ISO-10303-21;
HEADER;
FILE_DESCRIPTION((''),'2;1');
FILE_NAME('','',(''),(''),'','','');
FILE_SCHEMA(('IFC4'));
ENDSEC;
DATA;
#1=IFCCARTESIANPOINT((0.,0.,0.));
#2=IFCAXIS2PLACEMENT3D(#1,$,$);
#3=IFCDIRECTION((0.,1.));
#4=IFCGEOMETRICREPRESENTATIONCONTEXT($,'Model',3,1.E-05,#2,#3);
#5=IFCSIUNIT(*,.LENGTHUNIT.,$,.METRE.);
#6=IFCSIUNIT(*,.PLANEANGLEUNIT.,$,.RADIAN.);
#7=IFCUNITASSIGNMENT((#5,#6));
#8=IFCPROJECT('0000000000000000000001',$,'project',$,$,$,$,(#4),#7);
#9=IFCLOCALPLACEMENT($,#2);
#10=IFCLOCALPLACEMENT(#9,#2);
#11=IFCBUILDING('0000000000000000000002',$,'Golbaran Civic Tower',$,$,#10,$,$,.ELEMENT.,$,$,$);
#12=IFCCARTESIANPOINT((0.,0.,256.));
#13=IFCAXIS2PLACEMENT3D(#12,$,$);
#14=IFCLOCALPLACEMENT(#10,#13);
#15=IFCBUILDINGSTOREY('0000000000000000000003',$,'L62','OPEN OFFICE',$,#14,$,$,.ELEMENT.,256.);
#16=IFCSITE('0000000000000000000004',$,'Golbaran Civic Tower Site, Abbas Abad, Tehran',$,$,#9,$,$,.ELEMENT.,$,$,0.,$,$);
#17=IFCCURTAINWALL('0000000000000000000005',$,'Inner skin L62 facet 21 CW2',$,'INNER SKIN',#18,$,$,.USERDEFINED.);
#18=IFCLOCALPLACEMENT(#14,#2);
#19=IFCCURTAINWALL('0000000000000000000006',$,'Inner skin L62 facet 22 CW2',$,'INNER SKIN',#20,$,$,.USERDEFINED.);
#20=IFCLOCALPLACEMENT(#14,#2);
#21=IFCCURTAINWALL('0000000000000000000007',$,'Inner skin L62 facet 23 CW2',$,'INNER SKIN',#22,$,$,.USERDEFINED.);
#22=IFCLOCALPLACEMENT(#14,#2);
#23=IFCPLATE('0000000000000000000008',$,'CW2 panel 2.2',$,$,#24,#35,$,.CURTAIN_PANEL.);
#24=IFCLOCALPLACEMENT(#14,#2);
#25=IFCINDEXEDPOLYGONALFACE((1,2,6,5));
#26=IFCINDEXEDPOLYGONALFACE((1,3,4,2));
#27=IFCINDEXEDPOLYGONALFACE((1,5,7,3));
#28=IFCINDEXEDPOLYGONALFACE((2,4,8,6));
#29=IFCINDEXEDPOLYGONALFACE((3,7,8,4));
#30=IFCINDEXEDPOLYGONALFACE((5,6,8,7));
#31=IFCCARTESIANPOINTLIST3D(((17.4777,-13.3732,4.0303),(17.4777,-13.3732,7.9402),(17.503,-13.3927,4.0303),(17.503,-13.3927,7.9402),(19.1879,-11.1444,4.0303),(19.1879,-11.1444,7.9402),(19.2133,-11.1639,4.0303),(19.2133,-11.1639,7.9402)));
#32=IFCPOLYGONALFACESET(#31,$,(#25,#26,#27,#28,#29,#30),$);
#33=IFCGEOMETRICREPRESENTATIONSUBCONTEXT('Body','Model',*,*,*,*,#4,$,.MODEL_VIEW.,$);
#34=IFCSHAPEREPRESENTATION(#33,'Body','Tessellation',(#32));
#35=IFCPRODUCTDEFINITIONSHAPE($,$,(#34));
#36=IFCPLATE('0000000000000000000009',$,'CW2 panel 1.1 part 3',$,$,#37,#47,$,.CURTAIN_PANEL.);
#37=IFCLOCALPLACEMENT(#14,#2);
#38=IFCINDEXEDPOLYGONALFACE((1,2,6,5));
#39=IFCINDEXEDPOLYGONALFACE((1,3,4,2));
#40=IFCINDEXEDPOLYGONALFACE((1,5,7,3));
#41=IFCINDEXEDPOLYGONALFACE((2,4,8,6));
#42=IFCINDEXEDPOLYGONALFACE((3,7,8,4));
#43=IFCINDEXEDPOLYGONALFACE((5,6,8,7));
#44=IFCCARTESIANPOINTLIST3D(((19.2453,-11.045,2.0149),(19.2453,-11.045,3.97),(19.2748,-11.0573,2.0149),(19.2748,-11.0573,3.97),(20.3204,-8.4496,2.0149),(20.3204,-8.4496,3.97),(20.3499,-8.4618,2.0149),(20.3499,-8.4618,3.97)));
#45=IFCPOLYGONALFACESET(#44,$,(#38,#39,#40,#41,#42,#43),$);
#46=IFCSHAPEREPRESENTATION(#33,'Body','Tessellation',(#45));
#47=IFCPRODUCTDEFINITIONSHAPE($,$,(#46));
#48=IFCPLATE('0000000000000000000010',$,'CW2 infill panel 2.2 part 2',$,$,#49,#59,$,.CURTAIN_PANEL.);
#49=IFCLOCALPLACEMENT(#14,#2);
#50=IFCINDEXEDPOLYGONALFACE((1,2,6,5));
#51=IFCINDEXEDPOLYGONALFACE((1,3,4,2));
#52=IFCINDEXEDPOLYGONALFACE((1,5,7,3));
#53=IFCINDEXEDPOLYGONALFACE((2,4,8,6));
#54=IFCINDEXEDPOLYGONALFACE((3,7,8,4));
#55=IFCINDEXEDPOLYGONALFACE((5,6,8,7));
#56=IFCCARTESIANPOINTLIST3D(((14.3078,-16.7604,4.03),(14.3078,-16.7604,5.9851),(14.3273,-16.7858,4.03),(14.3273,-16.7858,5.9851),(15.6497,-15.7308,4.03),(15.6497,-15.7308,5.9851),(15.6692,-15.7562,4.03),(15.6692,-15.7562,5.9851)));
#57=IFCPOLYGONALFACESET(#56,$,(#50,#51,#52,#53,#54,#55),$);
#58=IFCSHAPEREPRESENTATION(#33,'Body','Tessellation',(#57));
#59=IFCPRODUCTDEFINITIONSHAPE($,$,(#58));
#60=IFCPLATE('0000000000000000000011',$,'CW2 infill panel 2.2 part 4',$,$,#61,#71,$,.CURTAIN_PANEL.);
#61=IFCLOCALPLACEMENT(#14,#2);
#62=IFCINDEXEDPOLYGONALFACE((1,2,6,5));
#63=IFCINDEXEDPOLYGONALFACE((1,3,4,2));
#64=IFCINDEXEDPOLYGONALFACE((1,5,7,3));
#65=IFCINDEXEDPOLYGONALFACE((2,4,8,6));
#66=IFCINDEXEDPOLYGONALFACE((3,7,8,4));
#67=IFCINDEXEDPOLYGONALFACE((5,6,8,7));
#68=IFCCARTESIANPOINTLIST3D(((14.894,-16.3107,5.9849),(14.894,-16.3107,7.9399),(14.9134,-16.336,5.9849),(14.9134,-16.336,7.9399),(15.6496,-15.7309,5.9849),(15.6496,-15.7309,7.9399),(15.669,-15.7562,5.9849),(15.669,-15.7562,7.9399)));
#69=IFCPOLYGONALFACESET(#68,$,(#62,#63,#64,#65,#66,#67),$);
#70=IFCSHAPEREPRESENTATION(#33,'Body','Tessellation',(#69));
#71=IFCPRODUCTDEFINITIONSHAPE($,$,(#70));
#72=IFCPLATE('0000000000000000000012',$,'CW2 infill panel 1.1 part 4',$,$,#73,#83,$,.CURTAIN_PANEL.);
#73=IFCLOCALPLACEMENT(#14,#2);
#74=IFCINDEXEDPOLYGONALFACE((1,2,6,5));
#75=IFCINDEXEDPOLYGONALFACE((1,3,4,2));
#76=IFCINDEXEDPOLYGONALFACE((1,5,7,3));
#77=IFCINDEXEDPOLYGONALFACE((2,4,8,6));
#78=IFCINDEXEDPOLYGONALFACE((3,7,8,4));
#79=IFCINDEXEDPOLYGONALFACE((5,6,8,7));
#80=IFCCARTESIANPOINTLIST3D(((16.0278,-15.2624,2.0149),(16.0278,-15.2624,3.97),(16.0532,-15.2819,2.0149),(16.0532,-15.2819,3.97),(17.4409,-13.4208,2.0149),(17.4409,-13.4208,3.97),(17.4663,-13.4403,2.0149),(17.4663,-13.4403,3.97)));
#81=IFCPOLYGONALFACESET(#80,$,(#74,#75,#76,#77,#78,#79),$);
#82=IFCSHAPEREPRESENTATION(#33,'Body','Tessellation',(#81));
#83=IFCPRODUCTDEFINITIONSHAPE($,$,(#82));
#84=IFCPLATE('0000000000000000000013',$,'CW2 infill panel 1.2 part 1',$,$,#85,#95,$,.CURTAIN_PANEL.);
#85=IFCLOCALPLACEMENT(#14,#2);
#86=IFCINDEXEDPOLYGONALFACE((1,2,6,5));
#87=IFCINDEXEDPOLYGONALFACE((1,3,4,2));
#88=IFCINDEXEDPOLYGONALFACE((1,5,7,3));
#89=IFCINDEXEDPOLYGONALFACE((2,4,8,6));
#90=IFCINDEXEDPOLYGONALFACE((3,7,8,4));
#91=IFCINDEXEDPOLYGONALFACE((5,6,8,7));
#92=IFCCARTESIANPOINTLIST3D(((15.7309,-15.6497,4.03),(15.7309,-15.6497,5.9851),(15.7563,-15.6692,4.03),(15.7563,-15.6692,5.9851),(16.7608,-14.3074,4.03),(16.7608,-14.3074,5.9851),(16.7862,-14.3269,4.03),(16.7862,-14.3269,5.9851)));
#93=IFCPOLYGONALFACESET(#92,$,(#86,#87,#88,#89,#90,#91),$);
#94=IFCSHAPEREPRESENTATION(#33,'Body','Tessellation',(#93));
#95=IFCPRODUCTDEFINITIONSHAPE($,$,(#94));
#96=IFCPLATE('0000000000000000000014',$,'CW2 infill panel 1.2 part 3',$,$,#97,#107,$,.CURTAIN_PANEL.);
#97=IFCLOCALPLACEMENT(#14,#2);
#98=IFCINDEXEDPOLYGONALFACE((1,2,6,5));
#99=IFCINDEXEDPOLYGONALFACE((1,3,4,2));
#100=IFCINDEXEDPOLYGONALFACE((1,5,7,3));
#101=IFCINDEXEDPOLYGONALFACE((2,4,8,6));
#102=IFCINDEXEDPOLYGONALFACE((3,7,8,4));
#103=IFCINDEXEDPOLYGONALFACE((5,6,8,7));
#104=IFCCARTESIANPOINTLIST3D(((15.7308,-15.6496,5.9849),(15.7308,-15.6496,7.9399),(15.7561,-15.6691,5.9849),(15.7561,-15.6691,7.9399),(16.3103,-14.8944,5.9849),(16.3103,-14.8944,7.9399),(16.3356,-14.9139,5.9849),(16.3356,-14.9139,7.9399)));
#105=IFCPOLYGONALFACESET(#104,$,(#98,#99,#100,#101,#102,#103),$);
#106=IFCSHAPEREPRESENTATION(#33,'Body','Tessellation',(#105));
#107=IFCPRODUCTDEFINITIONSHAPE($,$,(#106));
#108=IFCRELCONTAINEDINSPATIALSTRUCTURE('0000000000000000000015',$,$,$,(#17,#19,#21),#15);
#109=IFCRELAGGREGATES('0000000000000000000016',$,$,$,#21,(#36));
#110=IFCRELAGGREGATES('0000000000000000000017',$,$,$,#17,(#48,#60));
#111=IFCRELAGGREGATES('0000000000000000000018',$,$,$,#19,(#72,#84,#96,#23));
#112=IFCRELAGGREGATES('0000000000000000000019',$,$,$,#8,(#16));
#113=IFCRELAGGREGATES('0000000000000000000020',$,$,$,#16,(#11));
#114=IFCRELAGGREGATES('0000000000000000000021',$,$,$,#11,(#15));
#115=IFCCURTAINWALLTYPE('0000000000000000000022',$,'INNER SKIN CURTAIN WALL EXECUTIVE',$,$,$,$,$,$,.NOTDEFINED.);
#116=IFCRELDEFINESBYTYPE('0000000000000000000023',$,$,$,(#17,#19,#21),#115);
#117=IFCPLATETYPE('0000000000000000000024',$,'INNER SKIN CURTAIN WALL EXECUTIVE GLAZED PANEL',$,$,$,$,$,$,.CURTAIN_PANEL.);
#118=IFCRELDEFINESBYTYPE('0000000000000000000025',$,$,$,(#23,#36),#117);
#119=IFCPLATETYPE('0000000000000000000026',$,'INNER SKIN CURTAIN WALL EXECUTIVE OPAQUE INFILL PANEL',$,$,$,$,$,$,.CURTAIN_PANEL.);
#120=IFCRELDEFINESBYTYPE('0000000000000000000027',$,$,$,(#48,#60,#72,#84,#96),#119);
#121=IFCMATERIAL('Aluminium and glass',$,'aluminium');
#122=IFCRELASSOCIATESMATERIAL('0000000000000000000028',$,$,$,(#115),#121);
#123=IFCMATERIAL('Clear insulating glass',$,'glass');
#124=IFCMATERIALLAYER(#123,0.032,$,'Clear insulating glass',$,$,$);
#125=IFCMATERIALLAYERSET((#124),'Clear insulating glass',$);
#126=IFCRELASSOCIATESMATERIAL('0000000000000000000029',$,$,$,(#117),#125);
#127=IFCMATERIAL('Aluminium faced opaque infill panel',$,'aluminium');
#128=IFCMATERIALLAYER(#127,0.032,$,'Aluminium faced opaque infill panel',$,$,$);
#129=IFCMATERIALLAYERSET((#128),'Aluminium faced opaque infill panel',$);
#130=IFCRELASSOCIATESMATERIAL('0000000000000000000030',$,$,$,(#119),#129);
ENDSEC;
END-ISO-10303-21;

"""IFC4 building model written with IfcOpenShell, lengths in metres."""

from ifc_helpers import new_model, si_unit, direction, frame, origin, origin_2d, place, context, subcontext, project, spatial, rectangle, extrude, material, layer, layer_set, type_object, element, aggregate, save


model = new_model("IFC4")

# Units and contexts
model_context = context("Model", 3, precision=1e-05, world=origin(), true_north=direction((0.0, 1.0)))
body_context = subcontext(model_context, "Body", "Model", "MODEL_VIEW")
ifc_project = project(units=[si_unit("LENGTHUNIT", "METRE"), si_unit("PLANEANGLEUNIT", "RADIAN")], contexts=[model_context])

# Site, building, storey
site_placement = place(None, origin())
site = spatial("IfcSite", under=ifc_project, at=site_placement, Name="Golbaran Civic Tower Site, Abbas Abad, Tehran", CompositionType="ELEMENT", RefElevation=0.0)
building_placement = place(site_placement, origin())
building = spatial("IfcBuilding", under=site, at=building_placement, Name="Golbaran Civic Tower", CompositionType="ELEMENT")
storey_placement = place(building_placement, frame((0.0, 0.0, 256.0)))
storey = spatial("IfcBuildingStorey", under=building, at=storey_placement, Name="L62", Description="OPEN OFFICE", CompositionType="ELEMENT", Elevation=256.0)

# Curtain walls
ifc_material_1 = material(Name="Aluminium and glass", Category="aluminium")
curtain_wall_type = type_object("IfcCurtainWallType", Name="INNER SKIN CURTAIN WALL EXECUTIVE", PredefinedType="NOTDEFINED", material=ifc_material_1)
curtain_wall_1_placement = place(storey_placement, origin())
curtain_wall_1 = element("IfcCurtainWall", 1, at=curtain_wall_1_placement, inside=storey, type_object=curtain_wall_type, Name="Inner skin L62 facet 21 CW2", ObjectType="INNER SKIN", PredefinedType="USERDEFINED")
curtain_wall_2_placement = place(storey_placement, origin())
curtain_wall_2 = element("IfcCurtainWall", 2, at=curtain_wall_2_placement, inside=storey, type_object=curtain_wall_type, Name="Inner skin L62 facet 22 CW2", ObjectType="INNER SKIN", PredefinedType="USERDEFINED")
curtain_wall_3_placement = place(storey_placement, origin())
curtain_wall_3 = element("IfcCurtainWall", 3, at=curtain_wall_3_placement, inside=storey, type_object=curtain_wall_type, Name="Inner skin L62 facet 23 CW2", ObjectType="INNER SKIN", PredefinedType="USERDEFINED")

# Plates
ifc_material_2 = material(Name="Clear insulating glass", Category="glass")
ifc_layer_1 = layer(ifc_material_2, 0.032, Name="Clear insulating glass")
ifc_layer_set_1 = layer_set([ifc_layer_1], Name="Clear insulating glass")
plate_type_1 = type_object("IfcPlateType", Name="INNER SKIN CURTAIN WALL EXECUTIVE GLAZED PANEL", PredefinedType="CURTAIN_PANEL", material=ifc_layer_set_1)
plate_1_placement = place(storey_placement, frame((18.3455, -12.2686, 4.0303), z_axis=(0.0, 0.0, 1.0), x_axis=(0.608761, 0.793353, 0.0)))
plate_1 = element("IfcPlate", 4, at=plate_1_placement, type_object=plate_type_1, Name="CW2 panel 2.2", PredefinedType="CURTAIN_PANEL", context=body_context, shape_type="SweptSolid", body=[
    extrude(rectangle(XDim=2.8093, YDim=0.032, at=origin_2d()), origin(), (0.0, 0.0, 1.0), 3.9099),
])
plate_2_placement = place(storey_placement, frame((19.7976, -9.7534, 2.0149), z_axis=(0.0, 0.0, 1.0), x_axis=(0.382683, 0.92388, 0.0)))
plate_2 = element("IfcPlate", 5, at=plate_2_placement, type_object=plate_type_1, Name="CW2 panel 1.1 part 3", PredefinedType="CURTAIN_PANEL", context=body_context, shape_type="SweptSolid", body=[
    extrude(rectangle(XDim=2.8093, YDim=0.032, at=origin_2d()), origin(), (0.0, 0.0, 1.0), 1.9551),
])
aggregate(curtain_wall_3, [plate_2])
ifc_material_3 = material(Name="Aluminium faced opaque infill panel", Category="aluminium")
ifc_layer_2 = layer(ifc_material_3, 0.032, Name="Aluminium faced opaque infill panel")
ifc_layer_set_2 = layer_set([ifc_layer_2], Name="Aluminium faced opaque infill panel")
plate_type_2 = type_object("IfcPlateType", Name="INNER SKIN CURTAIN WALL EXECUTIVE OPAQUE INFILL PANEL", PredefinedType="CURTAIN_PANEL", material=ifc_layer_set_2)
plate_3_placement = place(storey_placement, frame((14.9885, -16.2583, 4.03), z_axis=(0.0, 0.0, 1.0), x_axis=(0.793353, 0.608761, 0.0)))
plate_3 = element("IfcPlate", 6, at=plate_3_placement, type_object=plate_type_2, Name="CW2 infill panel 2.2 part 2", PredefinedType="CURTAIN_PANEL", context=body_context, shape_type="SweptSolid", body=[
    extrude(rectangle(XDim=1.6914, YDim=0.032, at=origin_2d()), origin(), (0.0, 0.0, 1.0), 1.9551),
])
plate_4_placement = place(storey_placement, frame((15.2815, -16.0334, 5.9849), z_axis=(0.0, 0.0, 1.0), x_axis=(0.793353, 0.608761, 0.0)))
plate_4 = element("IfcPlate", 7, at=plate_4_placement, type_object=plate_type_2, Name="CW2 infill panel 2.2 part 4", PredefinedType="CURTAIN_PANEL", context=body_context, shape_type="SweptSolid", body=[
    extrude(rectangle(XDim=0.9524, YDim=0.032, at=origin_2d()), origin(), (0.0, 0.0, 1.0), 1.9551),
])
aggregate(curtain_wall_1, [plate_3, plate_4])
plate_5_placement = place(storey_placement, frame((16.7471, -14.3513, 2.0149), z_axis=(0.0, 0.0, 1.0), x_axis=(0.608761, 0.793353, 0.0)))
plate_5 = element("IfcPlate", 8, at=plate_5_placement, type_object=plate_type_2, Name="CW2 infill panel 1.1 part 4", PredefinedType="CURTAIN_PANEL", context=body_context, shape_type="SweptSolid", body=[
    extrude(rectangle(XDim=2.3213, YDim=0.032, at=origin_2d()), origin(), (0.0, 0.0, 1.0), 1.9551),
])
plate_6_placement = place(storey_placement, frame((16.2585, -14.9883, 4.03), z_axis=(0.0, 0.0, 1.0), x_axis=(0.608761, 0.793353, 0.0)))
plate_6 = element("IfcPlate", 9, at=plate_6_placement, type_object=plate_type_2, Name="CW2 infill panel 1.2 part 1", PredefinedType="CURTAIN_PANEL", context=body_context, shape_type="SweptSolid", body=[
    extrude(rectangle(XDim=1.6919, YDim=0.032, at=origin_2d()), origin(), (0.0, 0.0, 1.0), 1.9551),
])
plate_7_placement = place(storey_placement, frame((16.0332, -15.2817, 5.9849), z_axis=(0.0, 0.0, 1.0), x_axis=(0.608761, 0.793353, 0.0)))
plate_7 = element("IfcPlate", 10, at=plate_7_placement, type_object=plate_type_2, Name="CW2 infill panel 1.2 part 3", PredefinedType="CURTAIN_PANEL", context=body_context, shape_type="SweptSolid", body=[
    extrude(rectangle(XDim=0.9519, YDim=0.032, at=origin_2d()), origin(), (0.0, 0.0, 1.0), 1.9551),
])
aggregate(curtain_wall_2, [plate_5, plate_6, plate_7, plate_1])

save(model, "model.ifc")
